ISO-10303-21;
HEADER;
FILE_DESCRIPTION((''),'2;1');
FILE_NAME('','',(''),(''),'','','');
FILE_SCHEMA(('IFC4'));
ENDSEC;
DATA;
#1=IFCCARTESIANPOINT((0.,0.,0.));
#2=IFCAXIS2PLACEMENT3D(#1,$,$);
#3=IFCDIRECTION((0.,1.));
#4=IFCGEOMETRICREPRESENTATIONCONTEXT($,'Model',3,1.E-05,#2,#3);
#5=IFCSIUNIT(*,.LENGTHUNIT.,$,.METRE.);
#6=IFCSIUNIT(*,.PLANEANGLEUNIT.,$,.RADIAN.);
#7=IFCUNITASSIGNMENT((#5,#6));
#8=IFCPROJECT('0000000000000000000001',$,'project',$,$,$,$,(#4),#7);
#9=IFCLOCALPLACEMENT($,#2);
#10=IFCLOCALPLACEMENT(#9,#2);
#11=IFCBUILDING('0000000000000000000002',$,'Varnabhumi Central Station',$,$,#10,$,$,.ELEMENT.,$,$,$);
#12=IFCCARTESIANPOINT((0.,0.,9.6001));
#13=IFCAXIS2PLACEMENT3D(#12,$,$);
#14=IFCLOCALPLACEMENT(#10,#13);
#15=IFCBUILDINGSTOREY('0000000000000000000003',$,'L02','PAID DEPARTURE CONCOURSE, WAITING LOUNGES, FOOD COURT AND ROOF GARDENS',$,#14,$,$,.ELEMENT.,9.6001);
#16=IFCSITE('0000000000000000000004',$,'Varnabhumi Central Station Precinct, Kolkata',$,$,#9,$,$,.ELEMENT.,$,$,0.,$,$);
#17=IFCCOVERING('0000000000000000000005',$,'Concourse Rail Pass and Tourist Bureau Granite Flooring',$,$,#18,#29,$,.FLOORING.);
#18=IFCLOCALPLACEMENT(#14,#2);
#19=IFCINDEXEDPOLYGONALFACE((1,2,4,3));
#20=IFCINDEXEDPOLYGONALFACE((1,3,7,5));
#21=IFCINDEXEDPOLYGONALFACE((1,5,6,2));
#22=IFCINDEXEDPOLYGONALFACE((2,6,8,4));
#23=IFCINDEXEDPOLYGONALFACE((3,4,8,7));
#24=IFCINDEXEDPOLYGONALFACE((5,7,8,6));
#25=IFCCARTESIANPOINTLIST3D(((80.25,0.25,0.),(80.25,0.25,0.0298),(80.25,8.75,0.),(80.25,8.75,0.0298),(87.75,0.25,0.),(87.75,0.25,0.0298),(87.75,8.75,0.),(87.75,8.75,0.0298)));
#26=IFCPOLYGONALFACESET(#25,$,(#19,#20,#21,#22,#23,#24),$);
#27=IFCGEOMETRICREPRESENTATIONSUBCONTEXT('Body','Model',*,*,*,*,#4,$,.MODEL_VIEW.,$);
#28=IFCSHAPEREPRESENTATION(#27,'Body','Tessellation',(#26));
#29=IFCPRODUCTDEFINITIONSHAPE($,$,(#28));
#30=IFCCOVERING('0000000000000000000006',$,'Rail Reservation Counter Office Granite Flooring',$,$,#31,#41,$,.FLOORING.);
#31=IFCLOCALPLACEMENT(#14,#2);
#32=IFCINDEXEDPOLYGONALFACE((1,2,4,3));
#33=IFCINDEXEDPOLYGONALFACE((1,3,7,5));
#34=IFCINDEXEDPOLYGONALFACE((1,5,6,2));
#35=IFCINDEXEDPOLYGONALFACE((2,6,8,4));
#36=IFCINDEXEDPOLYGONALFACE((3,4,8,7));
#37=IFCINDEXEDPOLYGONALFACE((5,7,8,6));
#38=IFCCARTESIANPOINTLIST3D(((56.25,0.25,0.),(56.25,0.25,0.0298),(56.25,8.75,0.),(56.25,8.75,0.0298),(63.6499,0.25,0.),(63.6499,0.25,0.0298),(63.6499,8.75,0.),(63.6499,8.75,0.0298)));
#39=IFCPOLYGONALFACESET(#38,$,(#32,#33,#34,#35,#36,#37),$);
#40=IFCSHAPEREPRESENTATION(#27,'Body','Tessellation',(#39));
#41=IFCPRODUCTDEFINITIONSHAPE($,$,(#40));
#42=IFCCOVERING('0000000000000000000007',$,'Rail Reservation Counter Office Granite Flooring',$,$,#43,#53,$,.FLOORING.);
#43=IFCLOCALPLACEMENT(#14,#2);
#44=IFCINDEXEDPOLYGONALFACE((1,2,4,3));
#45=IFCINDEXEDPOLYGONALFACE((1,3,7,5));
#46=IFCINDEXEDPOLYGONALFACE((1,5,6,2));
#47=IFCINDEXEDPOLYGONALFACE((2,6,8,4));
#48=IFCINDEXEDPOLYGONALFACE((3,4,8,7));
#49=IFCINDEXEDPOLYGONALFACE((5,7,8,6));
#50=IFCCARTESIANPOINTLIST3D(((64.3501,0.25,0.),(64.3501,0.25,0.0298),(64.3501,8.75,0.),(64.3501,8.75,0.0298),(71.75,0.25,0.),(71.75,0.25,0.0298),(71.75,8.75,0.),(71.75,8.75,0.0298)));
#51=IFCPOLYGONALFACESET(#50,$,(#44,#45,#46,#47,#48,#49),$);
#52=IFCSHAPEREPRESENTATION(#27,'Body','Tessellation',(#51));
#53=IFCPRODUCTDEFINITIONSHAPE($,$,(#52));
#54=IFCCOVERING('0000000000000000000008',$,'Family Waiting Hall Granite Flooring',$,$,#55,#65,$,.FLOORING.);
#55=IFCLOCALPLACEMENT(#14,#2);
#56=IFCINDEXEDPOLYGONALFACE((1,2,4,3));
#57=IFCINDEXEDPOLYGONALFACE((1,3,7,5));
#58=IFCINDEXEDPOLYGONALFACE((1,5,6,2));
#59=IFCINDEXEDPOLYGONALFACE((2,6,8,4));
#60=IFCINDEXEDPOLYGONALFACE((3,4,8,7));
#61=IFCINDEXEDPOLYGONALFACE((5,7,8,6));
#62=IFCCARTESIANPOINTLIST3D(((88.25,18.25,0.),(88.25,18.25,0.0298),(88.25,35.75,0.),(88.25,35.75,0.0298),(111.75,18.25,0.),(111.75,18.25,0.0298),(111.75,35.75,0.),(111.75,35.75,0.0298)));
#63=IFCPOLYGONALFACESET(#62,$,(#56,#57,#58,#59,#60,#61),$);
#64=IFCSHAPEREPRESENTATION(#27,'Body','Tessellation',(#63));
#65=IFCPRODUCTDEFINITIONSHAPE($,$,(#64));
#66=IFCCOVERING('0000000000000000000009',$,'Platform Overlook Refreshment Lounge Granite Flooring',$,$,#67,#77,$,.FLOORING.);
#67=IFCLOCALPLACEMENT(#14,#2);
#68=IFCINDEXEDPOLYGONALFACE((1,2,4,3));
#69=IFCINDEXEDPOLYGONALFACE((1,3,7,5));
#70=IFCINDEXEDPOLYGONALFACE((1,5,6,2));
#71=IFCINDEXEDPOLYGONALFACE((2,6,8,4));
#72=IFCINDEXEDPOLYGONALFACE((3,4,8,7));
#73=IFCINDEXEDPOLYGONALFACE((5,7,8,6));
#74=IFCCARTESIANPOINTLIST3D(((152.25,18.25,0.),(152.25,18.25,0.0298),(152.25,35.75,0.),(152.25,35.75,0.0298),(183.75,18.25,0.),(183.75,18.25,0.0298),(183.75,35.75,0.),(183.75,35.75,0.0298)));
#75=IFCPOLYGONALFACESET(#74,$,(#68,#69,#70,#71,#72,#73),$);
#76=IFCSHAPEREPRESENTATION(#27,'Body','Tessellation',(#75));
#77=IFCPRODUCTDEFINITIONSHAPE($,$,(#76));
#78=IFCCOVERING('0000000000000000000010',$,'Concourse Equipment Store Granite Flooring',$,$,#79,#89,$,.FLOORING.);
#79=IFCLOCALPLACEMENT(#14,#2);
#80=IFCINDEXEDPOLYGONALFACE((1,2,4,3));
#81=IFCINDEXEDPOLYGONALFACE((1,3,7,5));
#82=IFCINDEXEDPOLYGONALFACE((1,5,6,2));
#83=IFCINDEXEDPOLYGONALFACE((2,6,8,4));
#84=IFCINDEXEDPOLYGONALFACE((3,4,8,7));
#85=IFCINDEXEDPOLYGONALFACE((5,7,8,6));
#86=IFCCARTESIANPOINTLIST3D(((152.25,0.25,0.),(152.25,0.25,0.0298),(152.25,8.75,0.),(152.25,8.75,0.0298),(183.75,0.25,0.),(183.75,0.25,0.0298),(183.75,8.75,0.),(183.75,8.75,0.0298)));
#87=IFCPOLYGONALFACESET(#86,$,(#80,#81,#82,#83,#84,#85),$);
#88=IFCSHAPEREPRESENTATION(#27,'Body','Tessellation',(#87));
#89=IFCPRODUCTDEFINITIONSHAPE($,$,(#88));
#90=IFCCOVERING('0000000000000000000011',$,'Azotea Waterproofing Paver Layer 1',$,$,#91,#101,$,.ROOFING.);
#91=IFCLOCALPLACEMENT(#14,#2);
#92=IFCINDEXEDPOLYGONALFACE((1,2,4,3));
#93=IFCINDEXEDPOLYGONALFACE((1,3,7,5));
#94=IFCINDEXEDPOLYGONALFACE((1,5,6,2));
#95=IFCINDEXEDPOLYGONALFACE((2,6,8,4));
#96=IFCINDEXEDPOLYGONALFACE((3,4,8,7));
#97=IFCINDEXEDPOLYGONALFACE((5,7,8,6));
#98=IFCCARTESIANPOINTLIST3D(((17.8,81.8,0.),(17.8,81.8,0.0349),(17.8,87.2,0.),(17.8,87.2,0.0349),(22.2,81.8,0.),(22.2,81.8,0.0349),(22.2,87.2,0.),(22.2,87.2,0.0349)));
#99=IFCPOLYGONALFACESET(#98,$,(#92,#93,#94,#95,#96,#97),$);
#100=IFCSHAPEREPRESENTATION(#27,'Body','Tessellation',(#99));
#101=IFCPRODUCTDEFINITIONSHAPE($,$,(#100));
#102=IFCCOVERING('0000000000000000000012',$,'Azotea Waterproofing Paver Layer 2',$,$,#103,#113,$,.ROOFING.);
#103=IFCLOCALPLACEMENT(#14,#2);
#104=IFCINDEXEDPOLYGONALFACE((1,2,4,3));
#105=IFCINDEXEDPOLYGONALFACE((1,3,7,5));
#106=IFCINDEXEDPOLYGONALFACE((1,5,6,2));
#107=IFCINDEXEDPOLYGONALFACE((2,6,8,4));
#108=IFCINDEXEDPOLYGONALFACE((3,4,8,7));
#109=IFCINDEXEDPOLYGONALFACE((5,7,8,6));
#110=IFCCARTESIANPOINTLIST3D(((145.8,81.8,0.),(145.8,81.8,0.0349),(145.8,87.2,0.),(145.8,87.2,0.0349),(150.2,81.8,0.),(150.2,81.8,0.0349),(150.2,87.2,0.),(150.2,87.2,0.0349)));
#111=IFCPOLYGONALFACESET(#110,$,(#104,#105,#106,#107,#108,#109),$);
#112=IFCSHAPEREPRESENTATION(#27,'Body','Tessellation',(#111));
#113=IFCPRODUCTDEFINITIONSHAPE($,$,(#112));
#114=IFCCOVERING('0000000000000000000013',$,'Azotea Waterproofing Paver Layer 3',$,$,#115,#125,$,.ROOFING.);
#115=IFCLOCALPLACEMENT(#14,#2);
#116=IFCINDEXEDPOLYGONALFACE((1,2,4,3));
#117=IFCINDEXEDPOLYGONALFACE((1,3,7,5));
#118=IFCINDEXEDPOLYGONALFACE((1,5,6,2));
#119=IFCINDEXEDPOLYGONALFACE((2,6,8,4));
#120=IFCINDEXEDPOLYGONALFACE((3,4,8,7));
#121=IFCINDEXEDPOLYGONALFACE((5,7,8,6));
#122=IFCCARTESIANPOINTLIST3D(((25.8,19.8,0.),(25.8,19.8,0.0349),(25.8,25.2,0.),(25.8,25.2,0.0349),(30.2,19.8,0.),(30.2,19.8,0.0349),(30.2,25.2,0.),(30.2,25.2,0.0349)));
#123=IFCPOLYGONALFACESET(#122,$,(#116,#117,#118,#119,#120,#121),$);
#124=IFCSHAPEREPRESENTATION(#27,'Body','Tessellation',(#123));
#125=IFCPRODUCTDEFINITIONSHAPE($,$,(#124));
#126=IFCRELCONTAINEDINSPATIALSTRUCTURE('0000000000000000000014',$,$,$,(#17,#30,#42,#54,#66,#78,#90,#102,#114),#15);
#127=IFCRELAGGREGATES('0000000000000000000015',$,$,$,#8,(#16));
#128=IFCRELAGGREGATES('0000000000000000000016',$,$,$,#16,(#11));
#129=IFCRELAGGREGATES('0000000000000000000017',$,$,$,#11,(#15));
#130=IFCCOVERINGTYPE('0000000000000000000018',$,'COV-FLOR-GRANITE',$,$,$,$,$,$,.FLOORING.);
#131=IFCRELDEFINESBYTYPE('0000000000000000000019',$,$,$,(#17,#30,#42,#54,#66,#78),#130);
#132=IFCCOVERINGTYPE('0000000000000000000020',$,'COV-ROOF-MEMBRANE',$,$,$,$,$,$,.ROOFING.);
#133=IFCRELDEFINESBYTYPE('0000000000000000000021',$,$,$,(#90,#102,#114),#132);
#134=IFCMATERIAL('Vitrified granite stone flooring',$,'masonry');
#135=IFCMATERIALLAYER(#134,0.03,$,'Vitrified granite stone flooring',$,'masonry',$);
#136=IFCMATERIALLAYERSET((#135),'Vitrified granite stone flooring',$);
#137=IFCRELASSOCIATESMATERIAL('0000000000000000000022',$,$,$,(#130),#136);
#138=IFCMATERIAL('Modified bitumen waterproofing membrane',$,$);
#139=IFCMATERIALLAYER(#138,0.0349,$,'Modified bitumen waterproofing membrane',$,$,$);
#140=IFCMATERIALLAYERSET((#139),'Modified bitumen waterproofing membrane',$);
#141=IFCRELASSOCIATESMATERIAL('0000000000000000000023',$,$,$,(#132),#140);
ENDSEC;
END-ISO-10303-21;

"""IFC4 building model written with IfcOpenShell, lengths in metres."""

from ifc_helpers import new_model, si_unit, direction, frame, origin, place, context, subcontext, project, spatial, polyline, outline, extrude, material, layer, layer_set, type_object, element, save


model = new_model("IFC4")

# Units and contexts
model_context = context("Model", 3, precision=1e-05, world=origin(), true_north=direction((0.0, 1.0)))
body_context = subcontext(model_context, "Body", "Model", "MODEL_VIEW")
ifc_project = project(units=[si_unit("LENGTHUNIT", "METRE"), si_unit("PLANEANGLEUNIT", "RADIAN")], contexts=[model_context])

# Site, building, storey
site_placement = place(None, origin())
site = spatial("IfcSite", under=ifc_project, at=site_placement, Name="Varnabhumi Central Station Precinct, Kolkata", CompositionType="ELEMENT", RefElevation=0.0)
building_placement = place(site_placement, origin())
building = spatial("IfcBuilding", under=site, at=building_placement, Name="Varnabhumi Central Station", CompositionType="ELEMENT")
storey_placement = place(building_placement, frame((0.0, 0.0, 9.6001)))
storey = spatial("IfcBuildingStorey", under=building, at=storey_placement, Name="L02", Description="PAID DEPARTURE CONCOURSE, WAITING LOUNGES, FOOD COURT AND ROOF GARDENS", CompositionType="ELEMENT", Elevation=9.6001)

# Coverings
ifc_material_1 = material(Name="Vitrified granite stone flooring", Category="masonry")
ifc_layer_1 = layer(ifc_material_1, 0.03, Name="Vitrified granite stone flooring", Category="masonry")
ifc_layer_set_1 = layer_set([ifc_layer_1], Name="Vitrified granite stone flooring")
covering_type_1 = type_object("IfcCoveringType", Name="COV-FLOR-GRANITE", PredefinedType="FLOORING", material=ifc_layer_set_1)
covering_1_placement = place(storey_placement, origin())
element("IfcCovering", 1, at=covering_1_placement, inside=storey, type_object=covering_type_1, Name="Concourse Rail Pass and Tourist Bureau Granite Flooring", PredefinedType="FLOORING", context=body_context, shape_type="SweptSolid", body=[
    extrude(outline(polyline([(80.25, 0.25), (87.75, 0.25), (87.75, 8.75), (80.25, 8.75), (80.25, 0.25)])), origin(), (0.0, 0.0, 1.0), 0.0298),
])
covering_2_placement = place(storey_placement, origin())
element("IfcCovering", 2, at=covering_2_placement, inside=storey, type_object=covering_type_1, Name="Rail Reservation Counter Office Granite Flooring", PredefinedType="FLOORING", context=body_context, shape_type="SweptSolid", body=[
    extrude(outline(polyline([(56.25, 0.25), (63.6499, 0.25), (63.6499, 8.75), (56.25, 8.75), (56.25, 0.25)])), origin(), (0.0, 0.0, 1.0), 0.0298),
])
covering_3_placement = place(storey_placement, origin())
element("IfcCovering", 3, at=covering_3_placement, inside=storey, type_object=covering_type_1, Name="Rail Reservation Counter Office Granite Flooring", PredefinedType="FLOORING", context=body_context, shape_type="SweptSolid", body=[
    extrude(outline(polyline([(64.3501, 0.25), (71.75, 0.25), (71.75, 8.75), (64.3501, 8.75), (64.3501, 0.25)])), origin(), (0.0, 0.0, 1.0), 0.0298),
])
covering_4_placement = place(storey_placement, origin())
element("IfcCovering", 4, at=covering_4_placement, inside=storey, type_object=covering_type_1, Name="Family Waiting Hall Granite Flooring", PredefinedType="FLOORING", context=body_context, shape_type="SweptSolid", body=[
    extrude(outline(polyline([(88.25, 18.25), (111.75, 18.25), (111.75, 35.75), (88.25, 35.75), (88.25, 18.25)])), origin(), (0.0, 0.0, 1.0), 0.0298),
])
covering_5_placement = place(storey_placement, origin())
element("IfcCovering", 5, at=covering_5_placement, inside=storey, type_object=covering_type_1, Name="Platform Overlook Refreshment Lounge Granite Flooring", PredefinedType="FLOORING", context=body_context, shape_type="SweptSolid", body=[
    extrude(outline(polyline([(152.25, 18.25), (183.75, 18.25), (183.75, 35.75), (152.25, 35.75), (152.25, 18.25)])), origin(), (0.0, 0.0, 1.0), 0.0298),
])
covering_6_placement = place(storey_placement, origin())
element("IfcCovering", 6, at=covering_6_placement, inside=storey, type_object=covering_type_1, Name="Concourse Equipment Store Granite Flooring", PredefinedType="FLOORING", context=body_context, shape_type="SweptSolid", body=[
    extrude(outline(polyline([(152.25, 0.25), (183.75, 0.25), (183.75, 8.75), (152.25, 8.75), (152.25, 0.25)])), origin(), (0.0, 0.0, 1.0), 0.0298),
])
ifc_material_2 = material(Name="Modified bitumen waterproofing membrane")
ifc_layer_2 = layer(ifc_material_2, 0.0349, Name="Modified bitumen waterproofing membrane")
ifc_layer_set_2 = layer_set([ifc_layer_2], Name="Modified bitumen waterproofing membrane")
covering_type_2 = type_object("IfcCoveringType", Name="COV-ROOF-MEMBRANE", PredefinedType="ROOFING", material=ifc_layer_set_2)
covering_7_placement = place(storey_placement, origin())
element("IfcCovering", 7, at=covering_7_placement, inside=storey, type_object=covering_type_2, Name="Azotea Waterproofing Paver Layer 1", PredefinedType="ROOFING", context=body_context, shape_type="SweptSolid", body=[
    extrude(outline(polyline([(17.8, 81.8), (22.2, 81.8), (22.2, 87.2), (17.8, 87.2), (17.8, 81.8)])), origin(), (0.0, 0.0, 1.0), 0.0349),
])
covering_8_placement = place(storey_placement, origin())
element("IfcCovering", 8, at=covering_8_placement, inside=storey, type_object=covering_type_2, Name="Azotea Waterproofing Paver Layer 2", PredefinedType="ROOFING", context=body_context, shape_type="SweptSolid", body=[
    extrude(outline(polyline([(145.8, 81.8), (150.2, 81.8), (150.2, 87.2), (145.8, 87.2), (145.8, 81.8)])), origin(), (0.0, 0.0, 1.0), 0.0349),
])
covering_9_placement = place(storey_placement, origin())
element("IfcCovering", 9, at=covering_9_placement, inside=storey, type_object=covering_type_2, Name="Azotea Waterproofing Paver Layer 3", PredefinedType="ROOFING", context=body_context, shape_type="SweptSolid", body=[
    extrude(outline(polyline([(25.8, 19.8), (30.2, 19.8), (30.2, 25.2), (25.8, 25.2), (25.8, 19.8)])), origin(), (0.0, 0.0, 1.0), 0.0349),
])

save(model, "model.ifc")
